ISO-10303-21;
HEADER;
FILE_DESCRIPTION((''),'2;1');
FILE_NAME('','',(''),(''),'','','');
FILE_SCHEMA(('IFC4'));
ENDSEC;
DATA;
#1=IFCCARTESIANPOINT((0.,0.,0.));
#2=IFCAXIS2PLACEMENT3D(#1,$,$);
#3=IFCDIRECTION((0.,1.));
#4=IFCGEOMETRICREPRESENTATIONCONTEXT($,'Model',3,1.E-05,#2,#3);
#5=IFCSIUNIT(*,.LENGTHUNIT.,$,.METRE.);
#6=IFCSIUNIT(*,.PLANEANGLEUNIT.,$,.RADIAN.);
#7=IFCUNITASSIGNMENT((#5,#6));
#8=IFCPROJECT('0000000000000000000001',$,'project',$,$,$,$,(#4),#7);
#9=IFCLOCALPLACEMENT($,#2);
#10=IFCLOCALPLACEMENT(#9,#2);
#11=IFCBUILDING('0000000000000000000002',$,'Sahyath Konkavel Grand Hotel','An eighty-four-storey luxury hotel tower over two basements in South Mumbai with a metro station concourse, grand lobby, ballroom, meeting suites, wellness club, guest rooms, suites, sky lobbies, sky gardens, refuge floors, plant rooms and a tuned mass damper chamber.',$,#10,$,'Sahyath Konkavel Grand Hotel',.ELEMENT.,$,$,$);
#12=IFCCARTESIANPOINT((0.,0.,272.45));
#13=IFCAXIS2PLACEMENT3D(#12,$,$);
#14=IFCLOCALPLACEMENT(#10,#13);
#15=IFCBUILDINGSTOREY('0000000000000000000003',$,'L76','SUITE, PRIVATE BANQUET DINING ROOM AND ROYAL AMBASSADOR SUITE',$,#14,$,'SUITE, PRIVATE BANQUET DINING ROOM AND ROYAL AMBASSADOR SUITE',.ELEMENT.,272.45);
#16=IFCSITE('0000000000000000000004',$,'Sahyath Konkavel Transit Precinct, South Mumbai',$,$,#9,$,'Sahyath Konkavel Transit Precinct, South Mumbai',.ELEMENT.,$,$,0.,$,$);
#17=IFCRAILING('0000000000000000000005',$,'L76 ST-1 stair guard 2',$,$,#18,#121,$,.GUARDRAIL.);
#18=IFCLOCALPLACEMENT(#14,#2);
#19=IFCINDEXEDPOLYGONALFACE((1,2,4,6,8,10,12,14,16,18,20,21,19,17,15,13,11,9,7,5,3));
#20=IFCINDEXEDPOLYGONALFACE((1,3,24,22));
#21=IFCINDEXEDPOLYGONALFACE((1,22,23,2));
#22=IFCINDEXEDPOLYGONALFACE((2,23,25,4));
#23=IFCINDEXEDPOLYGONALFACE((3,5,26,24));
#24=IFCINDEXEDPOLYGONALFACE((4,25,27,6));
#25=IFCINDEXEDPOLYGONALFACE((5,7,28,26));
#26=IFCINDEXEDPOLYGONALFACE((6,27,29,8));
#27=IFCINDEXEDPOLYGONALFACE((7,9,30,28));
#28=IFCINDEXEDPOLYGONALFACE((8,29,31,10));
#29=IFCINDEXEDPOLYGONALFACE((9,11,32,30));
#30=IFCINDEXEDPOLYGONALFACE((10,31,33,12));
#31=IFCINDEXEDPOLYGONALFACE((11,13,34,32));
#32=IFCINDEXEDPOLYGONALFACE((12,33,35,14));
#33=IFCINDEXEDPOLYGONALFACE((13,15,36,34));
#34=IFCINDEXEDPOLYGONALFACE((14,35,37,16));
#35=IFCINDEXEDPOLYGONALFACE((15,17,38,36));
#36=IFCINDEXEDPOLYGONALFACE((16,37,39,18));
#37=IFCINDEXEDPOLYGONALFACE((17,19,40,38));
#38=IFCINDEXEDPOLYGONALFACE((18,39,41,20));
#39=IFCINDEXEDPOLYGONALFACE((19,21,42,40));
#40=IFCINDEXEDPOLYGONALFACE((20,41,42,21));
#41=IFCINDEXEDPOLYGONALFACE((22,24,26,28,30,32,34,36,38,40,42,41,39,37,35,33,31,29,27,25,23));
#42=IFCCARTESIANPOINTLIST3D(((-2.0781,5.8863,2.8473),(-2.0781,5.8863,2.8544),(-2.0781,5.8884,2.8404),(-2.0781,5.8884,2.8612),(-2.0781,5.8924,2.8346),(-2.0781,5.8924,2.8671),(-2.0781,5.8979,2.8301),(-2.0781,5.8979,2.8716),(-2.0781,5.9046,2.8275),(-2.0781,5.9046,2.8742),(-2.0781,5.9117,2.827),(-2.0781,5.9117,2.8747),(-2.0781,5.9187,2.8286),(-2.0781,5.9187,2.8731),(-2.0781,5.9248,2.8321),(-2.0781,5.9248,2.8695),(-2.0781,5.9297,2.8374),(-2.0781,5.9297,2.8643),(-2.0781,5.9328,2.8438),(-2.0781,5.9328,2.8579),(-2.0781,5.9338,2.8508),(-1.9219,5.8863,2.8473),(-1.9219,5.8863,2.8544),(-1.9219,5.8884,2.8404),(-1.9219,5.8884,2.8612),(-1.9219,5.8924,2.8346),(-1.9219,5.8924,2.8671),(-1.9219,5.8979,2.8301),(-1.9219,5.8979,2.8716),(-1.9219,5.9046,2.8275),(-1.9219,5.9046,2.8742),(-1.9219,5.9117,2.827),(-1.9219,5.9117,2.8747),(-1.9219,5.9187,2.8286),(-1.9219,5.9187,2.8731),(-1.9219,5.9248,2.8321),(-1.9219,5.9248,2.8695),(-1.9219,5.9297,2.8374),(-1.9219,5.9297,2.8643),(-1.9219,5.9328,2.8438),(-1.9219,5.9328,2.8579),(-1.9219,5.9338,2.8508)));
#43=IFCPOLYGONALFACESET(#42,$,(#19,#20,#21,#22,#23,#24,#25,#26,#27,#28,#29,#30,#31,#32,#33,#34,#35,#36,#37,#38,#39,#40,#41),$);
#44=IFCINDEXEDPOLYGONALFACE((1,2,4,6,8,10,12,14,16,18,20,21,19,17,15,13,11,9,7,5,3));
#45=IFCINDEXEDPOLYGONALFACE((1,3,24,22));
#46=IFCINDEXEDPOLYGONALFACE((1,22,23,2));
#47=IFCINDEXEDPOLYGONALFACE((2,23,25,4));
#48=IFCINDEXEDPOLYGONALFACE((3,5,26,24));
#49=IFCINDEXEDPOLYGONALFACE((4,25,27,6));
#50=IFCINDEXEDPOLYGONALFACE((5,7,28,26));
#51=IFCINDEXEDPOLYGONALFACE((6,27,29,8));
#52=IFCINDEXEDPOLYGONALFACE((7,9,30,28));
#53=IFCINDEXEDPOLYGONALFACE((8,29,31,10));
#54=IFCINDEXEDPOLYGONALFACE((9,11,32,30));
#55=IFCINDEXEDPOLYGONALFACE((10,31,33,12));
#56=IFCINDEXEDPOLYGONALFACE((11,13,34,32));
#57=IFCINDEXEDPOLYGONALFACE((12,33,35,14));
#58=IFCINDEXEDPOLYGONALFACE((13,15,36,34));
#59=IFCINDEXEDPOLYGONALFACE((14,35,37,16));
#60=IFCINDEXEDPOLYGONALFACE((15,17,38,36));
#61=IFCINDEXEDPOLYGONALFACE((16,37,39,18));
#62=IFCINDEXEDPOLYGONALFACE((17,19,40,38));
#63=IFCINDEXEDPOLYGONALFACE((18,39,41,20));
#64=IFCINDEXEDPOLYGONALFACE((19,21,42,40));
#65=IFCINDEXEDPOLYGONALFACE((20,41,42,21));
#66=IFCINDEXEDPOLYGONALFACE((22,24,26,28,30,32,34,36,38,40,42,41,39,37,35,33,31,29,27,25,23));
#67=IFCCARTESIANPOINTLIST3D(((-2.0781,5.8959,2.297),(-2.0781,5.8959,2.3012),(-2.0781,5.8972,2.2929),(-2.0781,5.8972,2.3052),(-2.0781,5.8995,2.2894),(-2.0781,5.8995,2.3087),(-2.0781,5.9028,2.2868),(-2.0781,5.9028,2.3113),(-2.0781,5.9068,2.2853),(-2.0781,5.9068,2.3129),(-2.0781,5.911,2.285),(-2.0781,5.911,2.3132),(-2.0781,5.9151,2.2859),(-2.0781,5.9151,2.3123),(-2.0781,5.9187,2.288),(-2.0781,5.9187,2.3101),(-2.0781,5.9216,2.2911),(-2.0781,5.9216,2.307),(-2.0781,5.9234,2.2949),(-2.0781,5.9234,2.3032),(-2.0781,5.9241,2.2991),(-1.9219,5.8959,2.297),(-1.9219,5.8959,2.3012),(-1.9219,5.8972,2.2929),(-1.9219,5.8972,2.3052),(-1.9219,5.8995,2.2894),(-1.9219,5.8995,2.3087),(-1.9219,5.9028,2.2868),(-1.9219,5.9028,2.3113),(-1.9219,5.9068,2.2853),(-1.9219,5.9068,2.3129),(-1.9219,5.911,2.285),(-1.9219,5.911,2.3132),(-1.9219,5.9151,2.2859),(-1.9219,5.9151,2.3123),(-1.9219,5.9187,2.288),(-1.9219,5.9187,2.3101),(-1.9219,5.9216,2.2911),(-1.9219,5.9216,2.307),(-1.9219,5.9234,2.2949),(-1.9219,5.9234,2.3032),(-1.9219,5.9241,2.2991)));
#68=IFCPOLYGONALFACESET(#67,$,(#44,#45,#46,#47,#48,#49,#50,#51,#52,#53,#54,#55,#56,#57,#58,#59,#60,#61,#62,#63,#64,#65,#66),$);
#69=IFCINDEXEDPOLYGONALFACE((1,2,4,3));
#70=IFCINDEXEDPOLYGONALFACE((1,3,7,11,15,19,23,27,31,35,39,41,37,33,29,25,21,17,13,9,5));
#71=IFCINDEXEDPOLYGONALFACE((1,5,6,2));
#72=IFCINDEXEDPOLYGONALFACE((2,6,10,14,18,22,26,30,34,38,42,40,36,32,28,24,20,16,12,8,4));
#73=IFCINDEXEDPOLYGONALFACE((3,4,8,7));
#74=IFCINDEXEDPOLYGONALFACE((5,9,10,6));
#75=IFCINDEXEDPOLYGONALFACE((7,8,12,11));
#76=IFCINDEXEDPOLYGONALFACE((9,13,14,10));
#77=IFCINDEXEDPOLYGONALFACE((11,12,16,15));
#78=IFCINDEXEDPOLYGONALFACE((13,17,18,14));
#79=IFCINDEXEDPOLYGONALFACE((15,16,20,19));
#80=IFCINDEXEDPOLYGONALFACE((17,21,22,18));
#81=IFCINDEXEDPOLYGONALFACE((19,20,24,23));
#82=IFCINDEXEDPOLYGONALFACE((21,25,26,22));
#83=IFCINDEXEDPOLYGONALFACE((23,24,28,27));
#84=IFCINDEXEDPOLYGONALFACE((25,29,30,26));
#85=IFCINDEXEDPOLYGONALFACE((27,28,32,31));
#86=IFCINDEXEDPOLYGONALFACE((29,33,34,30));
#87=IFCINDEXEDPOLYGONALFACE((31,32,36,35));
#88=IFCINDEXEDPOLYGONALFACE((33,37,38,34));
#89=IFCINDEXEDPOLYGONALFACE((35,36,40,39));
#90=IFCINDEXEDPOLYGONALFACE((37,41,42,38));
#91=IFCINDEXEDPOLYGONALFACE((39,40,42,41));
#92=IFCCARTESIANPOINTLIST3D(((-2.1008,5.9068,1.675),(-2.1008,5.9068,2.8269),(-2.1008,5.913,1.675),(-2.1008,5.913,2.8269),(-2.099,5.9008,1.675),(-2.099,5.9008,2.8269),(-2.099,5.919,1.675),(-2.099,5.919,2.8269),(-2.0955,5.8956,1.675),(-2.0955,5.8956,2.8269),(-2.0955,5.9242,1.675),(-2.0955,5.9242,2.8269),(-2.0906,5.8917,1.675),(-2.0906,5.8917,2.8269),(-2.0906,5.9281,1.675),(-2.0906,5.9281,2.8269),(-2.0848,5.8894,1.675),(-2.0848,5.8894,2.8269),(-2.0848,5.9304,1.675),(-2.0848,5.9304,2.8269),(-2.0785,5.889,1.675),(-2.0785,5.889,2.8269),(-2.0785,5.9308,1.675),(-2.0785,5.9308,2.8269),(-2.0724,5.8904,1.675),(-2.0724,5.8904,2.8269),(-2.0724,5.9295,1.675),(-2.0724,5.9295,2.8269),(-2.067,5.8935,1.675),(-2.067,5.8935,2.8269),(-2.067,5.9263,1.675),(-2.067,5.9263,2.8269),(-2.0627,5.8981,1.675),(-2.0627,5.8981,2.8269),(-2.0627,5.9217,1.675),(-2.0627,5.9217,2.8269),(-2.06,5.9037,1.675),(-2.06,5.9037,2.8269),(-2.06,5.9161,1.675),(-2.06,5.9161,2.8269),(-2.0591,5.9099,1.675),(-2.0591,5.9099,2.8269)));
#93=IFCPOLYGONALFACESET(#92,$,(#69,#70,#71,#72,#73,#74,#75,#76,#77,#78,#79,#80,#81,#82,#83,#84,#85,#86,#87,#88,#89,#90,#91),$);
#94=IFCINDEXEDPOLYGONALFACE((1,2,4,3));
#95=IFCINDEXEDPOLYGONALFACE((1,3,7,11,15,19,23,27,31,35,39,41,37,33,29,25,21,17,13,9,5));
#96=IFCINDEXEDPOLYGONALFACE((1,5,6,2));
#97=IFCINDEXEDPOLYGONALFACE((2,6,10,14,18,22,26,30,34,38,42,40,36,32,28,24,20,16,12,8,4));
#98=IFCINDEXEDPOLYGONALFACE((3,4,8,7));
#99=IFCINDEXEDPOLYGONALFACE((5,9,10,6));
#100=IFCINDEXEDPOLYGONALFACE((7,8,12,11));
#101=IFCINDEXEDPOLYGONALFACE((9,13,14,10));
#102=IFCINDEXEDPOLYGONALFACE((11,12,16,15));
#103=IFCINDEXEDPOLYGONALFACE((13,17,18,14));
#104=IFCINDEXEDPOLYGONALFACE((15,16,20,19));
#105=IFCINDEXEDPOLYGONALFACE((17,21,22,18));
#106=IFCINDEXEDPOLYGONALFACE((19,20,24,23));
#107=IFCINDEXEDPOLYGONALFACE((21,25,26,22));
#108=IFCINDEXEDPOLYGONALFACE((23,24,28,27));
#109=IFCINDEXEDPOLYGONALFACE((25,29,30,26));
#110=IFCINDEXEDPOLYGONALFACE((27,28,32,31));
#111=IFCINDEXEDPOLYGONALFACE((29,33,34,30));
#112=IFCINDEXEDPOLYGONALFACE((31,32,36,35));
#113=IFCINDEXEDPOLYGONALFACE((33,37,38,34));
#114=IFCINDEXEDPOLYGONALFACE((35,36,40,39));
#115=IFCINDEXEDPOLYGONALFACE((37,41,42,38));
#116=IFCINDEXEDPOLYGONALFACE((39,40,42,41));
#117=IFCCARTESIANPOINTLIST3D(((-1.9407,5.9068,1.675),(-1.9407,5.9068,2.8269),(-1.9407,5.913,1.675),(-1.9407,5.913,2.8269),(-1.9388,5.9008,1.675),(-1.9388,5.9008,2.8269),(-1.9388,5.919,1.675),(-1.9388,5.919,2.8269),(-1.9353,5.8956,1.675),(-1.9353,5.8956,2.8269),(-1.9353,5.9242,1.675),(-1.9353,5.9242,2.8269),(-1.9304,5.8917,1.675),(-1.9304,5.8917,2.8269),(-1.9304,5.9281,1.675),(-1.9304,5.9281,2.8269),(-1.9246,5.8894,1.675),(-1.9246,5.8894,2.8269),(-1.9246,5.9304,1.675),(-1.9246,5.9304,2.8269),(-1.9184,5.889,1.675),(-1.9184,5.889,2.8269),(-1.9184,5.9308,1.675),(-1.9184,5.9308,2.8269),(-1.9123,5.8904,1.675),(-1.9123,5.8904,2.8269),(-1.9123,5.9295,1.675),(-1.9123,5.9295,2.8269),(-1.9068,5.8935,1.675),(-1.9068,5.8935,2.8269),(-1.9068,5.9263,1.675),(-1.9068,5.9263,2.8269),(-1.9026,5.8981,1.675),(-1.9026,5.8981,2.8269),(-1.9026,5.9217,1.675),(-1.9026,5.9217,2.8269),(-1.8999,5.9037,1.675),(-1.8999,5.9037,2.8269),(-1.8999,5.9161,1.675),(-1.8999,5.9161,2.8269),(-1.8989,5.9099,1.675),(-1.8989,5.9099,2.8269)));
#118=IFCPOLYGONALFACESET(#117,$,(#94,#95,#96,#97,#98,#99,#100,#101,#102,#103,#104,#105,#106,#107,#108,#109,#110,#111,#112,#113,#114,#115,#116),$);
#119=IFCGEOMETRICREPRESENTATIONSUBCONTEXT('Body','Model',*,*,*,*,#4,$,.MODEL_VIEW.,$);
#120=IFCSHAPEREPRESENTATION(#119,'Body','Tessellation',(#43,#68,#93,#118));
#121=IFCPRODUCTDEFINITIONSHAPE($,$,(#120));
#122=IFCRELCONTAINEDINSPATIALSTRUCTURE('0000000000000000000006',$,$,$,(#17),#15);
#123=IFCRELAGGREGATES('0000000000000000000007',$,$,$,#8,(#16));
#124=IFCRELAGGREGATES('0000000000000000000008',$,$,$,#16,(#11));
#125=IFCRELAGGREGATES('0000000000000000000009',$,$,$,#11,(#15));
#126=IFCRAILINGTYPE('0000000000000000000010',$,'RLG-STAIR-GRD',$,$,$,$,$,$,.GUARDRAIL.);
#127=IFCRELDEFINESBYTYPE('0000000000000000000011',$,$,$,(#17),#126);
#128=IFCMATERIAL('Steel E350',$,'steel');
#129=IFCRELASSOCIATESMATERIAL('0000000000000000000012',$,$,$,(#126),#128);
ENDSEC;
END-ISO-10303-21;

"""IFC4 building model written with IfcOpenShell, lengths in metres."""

from ifc_helpers import new_model, si_unit, direction, frame, origin, origin_2d, place, context, subcontext, project, spatial, circle, extrude, material, type_object, element, save


model = new_model("IFC4")

# Units and contexts
model_context = context("Model", 3, precision=1e-05, world=origin(), true_north=direction((0.0, 1.0)))
body_context = subcontext(model_context, "Body", "Model", "MODEL_VIEW")
ifc_project = project(units=[si_unit("LENGTHUNIT", "METRE"), si_unit("PLANEANGLEUNIT", "RADIAN")], contexts=[model_context])

# Site, building, storey
site_placement = place(None, origin())
site = spatial("IfcSite", under=ifc_project, at=site_placement, Name="Sahyath Konkavel Transit Precinct, South Mumbai", LongName="Sahyath Konkavel Transit Precinct, South Mumbai", CompositionType="ELEMENT", RefElevation=0.0)
building_placement = place(site_placement, origin())
building = spatial("IfcBuilding", under=site, at=building_placement, Name="Sahyath Konkavel Grand Hotel", Description="An eighty-four-storey luxury hotel tower over two basements in South Mumbai with a metro station concourse, grand lobby, ballroom, meeting suites, wellness club, guest rooms, suites, sky lobbies, sky gardens, refuge floors, plant rooms and a tuned mass damper chamber.", LongName="Sahyath Konkavel Grand Hotel", CompositionType="ELEMENT")
storey_placement = place(building_placement, frame((0.0, 0.0, 272.45)))
storey = spatial("IfcBuildingStorey", under=building, at=storey_placement, Name="L76", Description="SUITE, PRIVATE BANQUET DINING ROOM AND ROYAL AMBASSADOR SUITE", LongName="SUITE, PRIVATE BANQUET DINING ROOM AND ROYAL AMBASSADOR SUITE", CompositionType="ELEMENT", Elevation=272.45)

# Shared definitions
ifc_material_1 = material(Name="Steel E350", Category="steel")

# Railing
railing_type_1 = type_object("IfcRailingType", Name="RLG-STAIR-GRD", PredefinedType="GUARDRAIL", material=ifc_material_1)
railing_1_placement = place(storey_placement, frame((-2.0801, 5.9099, 1.675)))
element("IfcRailing", 1, at=railing_1_placement, inside=storey, type_object=railing_type_1, Name="L76 ST-1 stair guard 2", PredefinedType="GUARDRAIL", context=body_context, shape_type="SweptSolid", body=[
    extrude(circle(Radius=0.0239, at=origin_2d()), frame((0.002, 0.0, 1.1758), z_axis=(1.0, 0.0, 0.0), x_axis=(0.0, 1.0, 0.0)), (0.0, 0.0, 1.0), 0.1562),
    extrude(circle(Radius=0.0142, at=origin_2d()), frame((0.002, 0.0, 0.624), z_axis=(1.0, 0.0, 0.0), x_axis=(0.0, 1.0, 0.0)), (0.0, 0.0, 1.0), 0.1562),
    extrude(circle(Radius=0.021, at=origin_2d()), origin(), (0.0, 0.0, 1.0), 1.1519),
    extrude(circle(Radius=0.021, at=origin_2d()), frame((0.1602, 0.0, 0.0)), (0.0, 0.0, 1.0), 1.1519),
])

save(model, "model.ifc")
